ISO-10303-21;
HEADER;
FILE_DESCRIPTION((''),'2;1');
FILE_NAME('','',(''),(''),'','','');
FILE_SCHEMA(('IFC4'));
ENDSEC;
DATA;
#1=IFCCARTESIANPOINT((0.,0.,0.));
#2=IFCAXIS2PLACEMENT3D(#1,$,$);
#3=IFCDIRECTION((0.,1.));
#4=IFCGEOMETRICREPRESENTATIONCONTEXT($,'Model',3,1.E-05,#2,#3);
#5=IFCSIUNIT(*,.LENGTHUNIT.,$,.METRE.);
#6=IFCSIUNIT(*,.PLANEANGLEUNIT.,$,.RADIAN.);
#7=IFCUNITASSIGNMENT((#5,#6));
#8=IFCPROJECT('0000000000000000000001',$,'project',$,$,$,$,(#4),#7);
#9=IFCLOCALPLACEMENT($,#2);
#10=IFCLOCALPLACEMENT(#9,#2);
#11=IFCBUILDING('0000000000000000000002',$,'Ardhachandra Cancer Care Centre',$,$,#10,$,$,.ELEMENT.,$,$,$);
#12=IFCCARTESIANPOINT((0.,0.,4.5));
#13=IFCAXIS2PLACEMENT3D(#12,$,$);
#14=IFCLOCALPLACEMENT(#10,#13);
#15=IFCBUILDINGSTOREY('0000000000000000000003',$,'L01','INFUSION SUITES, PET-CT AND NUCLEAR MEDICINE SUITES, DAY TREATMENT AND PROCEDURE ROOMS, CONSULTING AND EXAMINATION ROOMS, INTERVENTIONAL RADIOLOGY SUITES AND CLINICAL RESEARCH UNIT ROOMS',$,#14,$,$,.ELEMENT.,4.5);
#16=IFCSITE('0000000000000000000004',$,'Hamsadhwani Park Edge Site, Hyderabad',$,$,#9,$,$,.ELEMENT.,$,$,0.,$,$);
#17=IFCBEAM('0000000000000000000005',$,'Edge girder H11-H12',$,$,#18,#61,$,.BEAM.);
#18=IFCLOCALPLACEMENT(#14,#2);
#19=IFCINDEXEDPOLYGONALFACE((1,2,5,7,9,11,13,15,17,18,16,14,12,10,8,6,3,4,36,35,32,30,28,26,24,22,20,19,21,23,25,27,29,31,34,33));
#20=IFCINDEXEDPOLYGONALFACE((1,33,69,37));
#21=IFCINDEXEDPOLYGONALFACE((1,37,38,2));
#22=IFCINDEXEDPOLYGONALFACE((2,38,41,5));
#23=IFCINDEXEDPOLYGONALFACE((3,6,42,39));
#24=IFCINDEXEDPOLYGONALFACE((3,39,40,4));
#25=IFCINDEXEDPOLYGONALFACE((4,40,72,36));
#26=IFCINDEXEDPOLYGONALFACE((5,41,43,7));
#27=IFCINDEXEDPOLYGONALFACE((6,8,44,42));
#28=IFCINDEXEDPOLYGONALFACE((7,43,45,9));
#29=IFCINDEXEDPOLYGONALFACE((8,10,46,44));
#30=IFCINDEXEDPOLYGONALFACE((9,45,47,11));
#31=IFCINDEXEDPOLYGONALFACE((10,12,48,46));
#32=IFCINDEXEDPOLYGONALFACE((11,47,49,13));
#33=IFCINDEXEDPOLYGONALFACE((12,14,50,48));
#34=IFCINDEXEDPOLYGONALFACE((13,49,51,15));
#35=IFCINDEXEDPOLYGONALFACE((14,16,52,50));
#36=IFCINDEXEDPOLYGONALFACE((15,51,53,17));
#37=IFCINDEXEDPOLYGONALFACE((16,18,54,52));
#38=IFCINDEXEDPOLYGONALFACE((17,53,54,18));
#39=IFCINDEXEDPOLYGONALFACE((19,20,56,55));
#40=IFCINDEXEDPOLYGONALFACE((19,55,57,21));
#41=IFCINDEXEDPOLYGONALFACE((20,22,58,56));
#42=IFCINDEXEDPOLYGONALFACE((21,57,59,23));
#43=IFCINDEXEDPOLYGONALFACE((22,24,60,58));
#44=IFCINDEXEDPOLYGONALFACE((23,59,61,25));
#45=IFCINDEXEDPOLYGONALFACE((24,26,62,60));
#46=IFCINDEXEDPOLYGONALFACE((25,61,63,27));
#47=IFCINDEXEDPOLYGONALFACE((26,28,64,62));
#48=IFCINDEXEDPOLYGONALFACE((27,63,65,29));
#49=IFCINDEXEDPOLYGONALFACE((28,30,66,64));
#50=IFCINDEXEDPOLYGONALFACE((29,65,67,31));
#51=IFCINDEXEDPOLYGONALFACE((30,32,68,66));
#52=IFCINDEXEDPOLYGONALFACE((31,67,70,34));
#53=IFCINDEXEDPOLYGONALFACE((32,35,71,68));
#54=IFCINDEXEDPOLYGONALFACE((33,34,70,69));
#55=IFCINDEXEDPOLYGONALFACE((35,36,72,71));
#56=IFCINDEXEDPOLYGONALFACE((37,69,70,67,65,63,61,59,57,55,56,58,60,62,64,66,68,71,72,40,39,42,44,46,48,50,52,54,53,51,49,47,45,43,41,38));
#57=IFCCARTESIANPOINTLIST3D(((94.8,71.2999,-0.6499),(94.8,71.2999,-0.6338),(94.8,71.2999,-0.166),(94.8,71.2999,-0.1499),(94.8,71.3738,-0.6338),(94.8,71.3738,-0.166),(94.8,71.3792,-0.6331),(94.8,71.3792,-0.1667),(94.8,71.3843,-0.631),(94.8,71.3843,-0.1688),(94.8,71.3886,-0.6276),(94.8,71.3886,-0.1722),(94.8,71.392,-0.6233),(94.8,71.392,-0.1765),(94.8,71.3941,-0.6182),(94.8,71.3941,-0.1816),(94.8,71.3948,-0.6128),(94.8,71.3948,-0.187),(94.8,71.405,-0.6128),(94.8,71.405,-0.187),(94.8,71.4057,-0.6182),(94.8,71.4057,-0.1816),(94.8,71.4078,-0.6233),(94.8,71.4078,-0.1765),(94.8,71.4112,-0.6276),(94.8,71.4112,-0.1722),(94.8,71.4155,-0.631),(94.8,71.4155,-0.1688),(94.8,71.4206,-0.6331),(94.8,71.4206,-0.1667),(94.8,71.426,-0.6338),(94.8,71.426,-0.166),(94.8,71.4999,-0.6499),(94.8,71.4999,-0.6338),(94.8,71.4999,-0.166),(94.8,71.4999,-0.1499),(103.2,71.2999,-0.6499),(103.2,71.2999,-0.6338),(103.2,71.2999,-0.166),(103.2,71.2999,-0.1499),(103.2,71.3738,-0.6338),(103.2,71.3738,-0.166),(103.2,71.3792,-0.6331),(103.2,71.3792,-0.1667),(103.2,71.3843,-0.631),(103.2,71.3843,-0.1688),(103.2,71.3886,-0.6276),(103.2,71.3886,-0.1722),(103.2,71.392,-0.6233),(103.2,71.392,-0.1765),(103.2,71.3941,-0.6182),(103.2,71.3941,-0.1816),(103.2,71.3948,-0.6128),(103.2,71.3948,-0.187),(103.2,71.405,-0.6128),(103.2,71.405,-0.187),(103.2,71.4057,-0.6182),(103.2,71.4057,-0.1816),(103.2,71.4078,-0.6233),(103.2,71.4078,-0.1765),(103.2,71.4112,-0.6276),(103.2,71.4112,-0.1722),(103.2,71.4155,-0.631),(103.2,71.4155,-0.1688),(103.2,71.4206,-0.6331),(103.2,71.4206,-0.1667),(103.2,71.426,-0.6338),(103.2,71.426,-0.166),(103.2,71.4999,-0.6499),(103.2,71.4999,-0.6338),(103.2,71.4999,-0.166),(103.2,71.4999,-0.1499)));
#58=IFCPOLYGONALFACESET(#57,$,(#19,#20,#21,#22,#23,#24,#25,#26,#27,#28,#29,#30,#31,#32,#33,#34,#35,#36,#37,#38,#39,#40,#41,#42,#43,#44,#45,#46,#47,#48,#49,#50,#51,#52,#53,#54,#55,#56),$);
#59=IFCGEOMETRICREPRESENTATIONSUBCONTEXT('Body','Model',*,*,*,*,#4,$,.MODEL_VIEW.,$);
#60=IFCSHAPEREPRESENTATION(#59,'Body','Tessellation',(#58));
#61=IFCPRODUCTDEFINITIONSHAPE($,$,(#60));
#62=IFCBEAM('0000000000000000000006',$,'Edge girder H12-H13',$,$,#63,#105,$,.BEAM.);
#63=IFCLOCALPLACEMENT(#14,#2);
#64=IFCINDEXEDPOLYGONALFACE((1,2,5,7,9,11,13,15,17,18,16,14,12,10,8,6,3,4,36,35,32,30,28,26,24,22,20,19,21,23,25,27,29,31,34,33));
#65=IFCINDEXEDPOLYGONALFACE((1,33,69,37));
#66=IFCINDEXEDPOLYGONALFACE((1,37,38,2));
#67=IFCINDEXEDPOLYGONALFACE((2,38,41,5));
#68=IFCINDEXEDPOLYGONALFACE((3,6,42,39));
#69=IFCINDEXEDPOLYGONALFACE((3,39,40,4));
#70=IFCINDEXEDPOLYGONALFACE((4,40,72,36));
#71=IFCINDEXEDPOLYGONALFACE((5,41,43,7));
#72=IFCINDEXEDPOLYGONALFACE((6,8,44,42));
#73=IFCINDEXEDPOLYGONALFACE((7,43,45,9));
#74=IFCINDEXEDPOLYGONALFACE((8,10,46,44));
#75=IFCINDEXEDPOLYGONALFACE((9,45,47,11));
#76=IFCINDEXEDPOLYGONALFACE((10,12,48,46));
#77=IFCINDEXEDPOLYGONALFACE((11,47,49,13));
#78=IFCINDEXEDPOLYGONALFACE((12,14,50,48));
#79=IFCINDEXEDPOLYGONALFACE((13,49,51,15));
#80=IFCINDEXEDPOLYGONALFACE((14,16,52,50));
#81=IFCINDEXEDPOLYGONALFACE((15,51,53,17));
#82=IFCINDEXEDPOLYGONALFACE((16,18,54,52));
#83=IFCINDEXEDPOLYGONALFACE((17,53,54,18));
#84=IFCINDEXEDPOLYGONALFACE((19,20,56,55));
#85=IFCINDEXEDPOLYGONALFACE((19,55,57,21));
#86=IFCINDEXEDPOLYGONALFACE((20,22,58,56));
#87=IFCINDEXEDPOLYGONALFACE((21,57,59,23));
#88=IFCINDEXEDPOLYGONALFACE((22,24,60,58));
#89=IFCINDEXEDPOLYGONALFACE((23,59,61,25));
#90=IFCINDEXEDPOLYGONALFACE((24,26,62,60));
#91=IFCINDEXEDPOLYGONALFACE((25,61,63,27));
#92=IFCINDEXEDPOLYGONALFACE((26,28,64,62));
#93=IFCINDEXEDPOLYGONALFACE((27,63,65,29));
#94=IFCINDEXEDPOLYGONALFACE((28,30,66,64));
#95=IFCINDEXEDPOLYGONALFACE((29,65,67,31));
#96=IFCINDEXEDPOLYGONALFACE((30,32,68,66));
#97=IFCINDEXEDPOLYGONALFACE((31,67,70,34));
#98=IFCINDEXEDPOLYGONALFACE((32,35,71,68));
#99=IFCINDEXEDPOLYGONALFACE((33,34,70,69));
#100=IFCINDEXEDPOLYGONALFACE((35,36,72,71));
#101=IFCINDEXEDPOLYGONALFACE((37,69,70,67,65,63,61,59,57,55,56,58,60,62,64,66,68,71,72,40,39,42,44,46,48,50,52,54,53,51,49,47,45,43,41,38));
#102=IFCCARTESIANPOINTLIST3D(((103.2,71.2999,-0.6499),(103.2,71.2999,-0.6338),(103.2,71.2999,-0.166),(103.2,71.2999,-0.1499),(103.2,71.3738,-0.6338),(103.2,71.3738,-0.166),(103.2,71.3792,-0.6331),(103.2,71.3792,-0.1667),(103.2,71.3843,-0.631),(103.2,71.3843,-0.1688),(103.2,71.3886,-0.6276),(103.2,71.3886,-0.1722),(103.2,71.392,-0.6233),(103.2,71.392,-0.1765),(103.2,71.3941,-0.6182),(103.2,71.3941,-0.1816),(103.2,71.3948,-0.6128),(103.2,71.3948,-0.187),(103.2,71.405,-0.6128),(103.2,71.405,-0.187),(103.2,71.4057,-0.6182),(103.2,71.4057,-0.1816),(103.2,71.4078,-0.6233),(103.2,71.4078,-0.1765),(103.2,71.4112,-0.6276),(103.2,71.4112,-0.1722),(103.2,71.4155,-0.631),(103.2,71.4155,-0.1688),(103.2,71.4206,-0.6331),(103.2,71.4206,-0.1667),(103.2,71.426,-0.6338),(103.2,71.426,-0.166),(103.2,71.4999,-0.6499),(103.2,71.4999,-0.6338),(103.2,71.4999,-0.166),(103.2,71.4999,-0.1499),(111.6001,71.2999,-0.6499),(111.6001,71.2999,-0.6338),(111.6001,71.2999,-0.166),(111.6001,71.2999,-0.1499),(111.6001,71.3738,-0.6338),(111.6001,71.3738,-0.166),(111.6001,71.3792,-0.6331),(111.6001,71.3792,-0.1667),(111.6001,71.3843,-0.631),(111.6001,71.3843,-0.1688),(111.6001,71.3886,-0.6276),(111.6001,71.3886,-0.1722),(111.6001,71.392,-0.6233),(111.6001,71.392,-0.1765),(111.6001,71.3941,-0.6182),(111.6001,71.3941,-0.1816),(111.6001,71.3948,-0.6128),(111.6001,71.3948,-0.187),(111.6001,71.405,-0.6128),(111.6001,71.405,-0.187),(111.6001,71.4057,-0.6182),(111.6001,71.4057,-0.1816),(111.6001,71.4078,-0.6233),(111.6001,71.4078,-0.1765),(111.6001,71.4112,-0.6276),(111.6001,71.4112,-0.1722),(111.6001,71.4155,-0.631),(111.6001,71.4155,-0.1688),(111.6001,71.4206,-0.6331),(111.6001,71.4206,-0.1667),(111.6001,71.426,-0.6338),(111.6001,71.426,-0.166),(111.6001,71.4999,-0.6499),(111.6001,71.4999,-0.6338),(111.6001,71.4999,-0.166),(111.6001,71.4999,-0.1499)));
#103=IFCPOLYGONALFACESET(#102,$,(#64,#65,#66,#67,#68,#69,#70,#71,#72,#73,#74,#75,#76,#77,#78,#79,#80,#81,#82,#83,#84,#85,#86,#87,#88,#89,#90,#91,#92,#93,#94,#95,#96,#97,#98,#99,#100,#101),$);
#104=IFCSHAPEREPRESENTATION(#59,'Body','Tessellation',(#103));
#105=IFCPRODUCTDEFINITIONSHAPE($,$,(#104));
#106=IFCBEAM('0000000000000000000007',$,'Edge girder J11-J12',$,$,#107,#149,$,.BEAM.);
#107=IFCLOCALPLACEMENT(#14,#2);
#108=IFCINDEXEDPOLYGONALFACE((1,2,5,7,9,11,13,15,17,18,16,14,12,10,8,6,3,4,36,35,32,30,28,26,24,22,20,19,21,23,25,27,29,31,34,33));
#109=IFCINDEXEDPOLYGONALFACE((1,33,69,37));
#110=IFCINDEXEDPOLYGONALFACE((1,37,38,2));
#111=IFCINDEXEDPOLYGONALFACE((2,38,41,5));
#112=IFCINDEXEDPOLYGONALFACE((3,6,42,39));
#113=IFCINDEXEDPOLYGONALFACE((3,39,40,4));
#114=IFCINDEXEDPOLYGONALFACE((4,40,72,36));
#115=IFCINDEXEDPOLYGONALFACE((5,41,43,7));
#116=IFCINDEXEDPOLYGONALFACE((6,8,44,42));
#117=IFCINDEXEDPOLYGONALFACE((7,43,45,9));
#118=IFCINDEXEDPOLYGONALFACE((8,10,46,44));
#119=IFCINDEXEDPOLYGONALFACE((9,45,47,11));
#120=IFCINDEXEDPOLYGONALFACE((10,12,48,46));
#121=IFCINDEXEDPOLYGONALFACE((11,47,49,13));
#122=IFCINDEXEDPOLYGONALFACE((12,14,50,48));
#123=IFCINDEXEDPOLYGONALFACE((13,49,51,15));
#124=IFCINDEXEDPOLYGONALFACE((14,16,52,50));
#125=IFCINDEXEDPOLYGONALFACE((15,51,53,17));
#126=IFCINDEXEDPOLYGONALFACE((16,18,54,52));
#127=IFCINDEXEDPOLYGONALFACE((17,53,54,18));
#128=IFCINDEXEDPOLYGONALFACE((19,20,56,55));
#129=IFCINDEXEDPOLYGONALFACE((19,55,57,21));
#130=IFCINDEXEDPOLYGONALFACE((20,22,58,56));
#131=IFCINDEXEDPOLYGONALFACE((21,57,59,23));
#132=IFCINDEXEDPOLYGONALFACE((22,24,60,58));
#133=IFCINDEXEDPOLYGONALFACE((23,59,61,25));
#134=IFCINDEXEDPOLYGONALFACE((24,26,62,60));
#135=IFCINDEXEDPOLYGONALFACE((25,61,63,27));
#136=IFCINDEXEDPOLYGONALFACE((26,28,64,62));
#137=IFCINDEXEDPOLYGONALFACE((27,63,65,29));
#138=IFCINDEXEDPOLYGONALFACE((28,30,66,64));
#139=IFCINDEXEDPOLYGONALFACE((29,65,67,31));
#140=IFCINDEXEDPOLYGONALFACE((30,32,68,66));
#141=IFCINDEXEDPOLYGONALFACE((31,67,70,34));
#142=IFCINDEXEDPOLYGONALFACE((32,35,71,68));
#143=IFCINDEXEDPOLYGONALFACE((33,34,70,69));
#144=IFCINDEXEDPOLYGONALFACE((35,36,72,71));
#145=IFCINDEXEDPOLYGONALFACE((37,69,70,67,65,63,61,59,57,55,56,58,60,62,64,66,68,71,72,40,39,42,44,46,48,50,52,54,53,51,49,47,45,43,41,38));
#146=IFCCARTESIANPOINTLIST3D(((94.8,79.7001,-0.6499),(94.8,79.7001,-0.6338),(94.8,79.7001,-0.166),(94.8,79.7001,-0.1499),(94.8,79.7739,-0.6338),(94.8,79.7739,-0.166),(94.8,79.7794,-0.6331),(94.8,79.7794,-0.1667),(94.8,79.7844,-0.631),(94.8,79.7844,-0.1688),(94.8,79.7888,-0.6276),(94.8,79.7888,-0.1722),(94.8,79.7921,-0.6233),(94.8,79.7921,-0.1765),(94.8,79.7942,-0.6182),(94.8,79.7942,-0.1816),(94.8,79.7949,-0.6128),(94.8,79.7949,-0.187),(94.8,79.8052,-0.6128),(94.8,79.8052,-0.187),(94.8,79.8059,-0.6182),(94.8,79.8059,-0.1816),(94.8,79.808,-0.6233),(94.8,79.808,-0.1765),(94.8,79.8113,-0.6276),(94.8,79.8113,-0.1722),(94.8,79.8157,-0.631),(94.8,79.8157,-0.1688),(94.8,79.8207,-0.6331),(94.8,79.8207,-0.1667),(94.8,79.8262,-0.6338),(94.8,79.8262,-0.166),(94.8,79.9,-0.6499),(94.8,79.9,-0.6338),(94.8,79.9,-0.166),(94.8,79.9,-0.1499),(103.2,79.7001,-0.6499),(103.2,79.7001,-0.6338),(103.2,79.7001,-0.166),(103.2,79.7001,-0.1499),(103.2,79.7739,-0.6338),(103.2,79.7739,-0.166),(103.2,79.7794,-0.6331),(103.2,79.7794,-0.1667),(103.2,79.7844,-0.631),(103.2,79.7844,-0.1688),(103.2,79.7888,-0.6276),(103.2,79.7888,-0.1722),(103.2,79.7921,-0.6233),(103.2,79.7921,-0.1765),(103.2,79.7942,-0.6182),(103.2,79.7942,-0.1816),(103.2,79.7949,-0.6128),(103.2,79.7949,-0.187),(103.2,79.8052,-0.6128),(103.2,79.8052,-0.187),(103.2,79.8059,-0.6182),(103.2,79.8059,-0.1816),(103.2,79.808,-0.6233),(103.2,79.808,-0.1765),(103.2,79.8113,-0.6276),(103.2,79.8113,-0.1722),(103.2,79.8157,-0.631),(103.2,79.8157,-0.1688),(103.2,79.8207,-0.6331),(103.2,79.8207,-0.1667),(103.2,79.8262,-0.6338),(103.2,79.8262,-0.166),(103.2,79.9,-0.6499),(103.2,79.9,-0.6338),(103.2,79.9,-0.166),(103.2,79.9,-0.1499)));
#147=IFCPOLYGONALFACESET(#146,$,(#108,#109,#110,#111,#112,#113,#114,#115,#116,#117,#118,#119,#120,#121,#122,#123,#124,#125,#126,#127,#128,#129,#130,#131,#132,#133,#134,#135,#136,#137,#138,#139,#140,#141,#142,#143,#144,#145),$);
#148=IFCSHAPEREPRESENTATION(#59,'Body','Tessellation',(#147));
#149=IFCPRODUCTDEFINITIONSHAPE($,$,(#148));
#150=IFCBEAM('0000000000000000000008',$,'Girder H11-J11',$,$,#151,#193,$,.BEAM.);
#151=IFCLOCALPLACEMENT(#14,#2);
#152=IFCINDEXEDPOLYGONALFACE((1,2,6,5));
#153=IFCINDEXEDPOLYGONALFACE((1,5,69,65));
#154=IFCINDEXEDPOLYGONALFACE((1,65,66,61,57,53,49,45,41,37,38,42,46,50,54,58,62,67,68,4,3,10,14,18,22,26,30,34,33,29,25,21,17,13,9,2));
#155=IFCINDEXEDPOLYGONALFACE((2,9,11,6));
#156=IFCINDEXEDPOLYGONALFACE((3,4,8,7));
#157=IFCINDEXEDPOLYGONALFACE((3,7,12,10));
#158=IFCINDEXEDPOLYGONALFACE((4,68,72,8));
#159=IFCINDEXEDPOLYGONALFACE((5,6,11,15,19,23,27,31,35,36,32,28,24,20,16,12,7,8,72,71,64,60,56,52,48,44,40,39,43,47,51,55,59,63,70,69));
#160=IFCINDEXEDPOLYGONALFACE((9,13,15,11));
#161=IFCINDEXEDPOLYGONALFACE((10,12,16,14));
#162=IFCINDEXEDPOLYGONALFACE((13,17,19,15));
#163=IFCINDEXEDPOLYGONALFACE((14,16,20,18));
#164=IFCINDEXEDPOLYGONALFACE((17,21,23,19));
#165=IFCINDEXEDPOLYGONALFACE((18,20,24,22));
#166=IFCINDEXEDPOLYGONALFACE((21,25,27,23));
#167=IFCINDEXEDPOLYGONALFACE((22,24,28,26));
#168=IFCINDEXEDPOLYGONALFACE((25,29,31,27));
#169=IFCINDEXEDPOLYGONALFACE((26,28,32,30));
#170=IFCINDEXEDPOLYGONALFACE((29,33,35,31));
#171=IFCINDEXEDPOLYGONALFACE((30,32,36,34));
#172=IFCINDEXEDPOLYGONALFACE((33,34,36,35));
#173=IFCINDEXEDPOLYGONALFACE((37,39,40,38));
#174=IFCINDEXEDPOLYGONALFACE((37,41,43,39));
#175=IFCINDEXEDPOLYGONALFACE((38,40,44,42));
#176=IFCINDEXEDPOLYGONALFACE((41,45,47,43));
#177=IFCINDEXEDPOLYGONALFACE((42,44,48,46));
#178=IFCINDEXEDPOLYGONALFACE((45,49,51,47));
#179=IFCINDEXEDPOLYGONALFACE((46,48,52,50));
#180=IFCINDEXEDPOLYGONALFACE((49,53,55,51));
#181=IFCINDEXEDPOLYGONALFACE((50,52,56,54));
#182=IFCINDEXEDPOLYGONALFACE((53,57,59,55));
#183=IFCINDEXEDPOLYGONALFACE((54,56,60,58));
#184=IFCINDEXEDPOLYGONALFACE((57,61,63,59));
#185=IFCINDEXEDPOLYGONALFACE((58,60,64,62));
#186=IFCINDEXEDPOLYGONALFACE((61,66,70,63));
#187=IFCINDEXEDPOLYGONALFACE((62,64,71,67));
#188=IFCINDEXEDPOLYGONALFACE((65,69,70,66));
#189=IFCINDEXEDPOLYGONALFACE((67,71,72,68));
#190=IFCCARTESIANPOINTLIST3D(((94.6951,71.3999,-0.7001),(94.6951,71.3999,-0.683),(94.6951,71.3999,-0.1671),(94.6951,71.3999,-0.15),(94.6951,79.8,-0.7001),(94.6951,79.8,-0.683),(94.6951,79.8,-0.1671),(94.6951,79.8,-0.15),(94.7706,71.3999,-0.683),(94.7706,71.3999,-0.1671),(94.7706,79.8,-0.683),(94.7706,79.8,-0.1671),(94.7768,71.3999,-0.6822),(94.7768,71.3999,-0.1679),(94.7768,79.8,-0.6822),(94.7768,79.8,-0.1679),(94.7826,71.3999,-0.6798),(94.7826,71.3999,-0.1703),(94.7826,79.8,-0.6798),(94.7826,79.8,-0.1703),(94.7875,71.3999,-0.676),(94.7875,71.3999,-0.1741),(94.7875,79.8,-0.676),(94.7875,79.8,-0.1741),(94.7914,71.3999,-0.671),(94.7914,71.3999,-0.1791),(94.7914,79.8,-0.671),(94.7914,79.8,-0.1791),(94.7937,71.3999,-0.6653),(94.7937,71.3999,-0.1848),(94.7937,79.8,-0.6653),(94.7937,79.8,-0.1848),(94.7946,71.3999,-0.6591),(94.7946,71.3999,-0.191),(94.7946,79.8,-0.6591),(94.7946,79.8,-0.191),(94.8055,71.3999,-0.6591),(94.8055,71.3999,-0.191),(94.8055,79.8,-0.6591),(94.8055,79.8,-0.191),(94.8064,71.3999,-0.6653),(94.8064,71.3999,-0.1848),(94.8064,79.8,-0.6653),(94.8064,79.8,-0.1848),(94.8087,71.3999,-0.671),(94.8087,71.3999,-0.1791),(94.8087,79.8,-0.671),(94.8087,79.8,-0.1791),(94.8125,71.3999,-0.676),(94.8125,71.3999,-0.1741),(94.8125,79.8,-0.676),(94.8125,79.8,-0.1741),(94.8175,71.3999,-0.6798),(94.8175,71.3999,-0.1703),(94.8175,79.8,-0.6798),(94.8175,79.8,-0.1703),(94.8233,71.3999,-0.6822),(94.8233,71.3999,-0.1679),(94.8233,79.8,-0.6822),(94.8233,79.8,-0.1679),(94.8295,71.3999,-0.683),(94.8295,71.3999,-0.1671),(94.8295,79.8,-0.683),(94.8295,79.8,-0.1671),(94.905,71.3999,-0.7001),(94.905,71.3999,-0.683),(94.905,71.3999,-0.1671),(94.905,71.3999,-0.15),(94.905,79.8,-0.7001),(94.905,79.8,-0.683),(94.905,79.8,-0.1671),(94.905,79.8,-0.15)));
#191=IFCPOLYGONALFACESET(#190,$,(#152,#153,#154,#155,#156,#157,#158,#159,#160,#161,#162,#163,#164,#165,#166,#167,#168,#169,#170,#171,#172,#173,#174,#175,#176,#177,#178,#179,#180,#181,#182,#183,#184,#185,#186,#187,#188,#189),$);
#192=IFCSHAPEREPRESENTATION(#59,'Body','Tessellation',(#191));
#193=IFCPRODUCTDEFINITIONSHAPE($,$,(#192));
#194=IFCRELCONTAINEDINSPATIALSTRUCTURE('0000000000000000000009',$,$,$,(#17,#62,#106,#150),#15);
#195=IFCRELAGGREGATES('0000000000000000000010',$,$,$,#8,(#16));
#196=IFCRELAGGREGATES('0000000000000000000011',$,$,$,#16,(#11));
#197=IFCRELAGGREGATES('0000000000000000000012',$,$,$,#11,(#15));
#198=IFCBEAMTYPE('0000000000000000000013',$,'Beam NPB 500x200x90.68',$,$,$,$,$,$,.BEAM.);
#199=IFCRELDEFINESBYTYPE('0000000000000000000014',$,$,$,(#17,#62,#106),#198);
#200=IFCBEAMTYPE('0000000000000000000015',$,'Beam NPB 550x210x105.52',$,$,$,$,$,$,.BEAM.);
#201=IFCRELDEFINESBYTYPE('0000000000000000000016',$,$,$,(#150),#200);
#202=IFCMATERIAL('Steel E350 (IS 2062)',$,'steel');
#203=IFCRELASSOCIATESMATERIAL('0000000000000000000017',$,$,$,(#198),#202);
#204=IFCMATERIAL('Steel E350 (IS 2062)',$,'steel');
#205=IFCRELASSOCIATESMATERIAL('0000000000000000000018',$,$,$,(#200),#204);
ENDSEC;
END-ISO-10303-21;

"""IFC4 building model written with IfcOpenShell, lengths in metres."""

from ifc_helpers import new_model, si_unit, direction, frame, origin, origin_2d, place, context, subcontext, project, spatial, i_section, extrude, material, material_profile, profile_set, type_object, element, save


model = new_model("IFC4")

# Units and contexts
model_context = context("Model", 3, precision=1e-05, world=origin(), true_north=direction((0.0, 1.0)))
body_context = subcontext(model_context, "Body", "Model", "MODEL_VIEW")
ifc_project = project(units=[si_unit("LENGTHUNIT", "METRE"), si_unit("PLANEANGLEUNIT", "RADIAN")], contexts=[model_context])

# Site, building, storey
site_placement = place(None, origin())
site = spatial("IfcSite", under=ifc_project, at=site_placement, Name="Hamsadhwani Park Edge Site, Hyderabad", CompositionType="ELEMENT", RefElevation=0.0)
building_placement = place(site_placement, origin())
building = spatial("IfcBuilding", under=site, at=building_placement, Name="Ardhachandra Cancer Care Centre", CompositionType="ELEMENT")
storey_placement = place(building_placement, frame((0.0, 0.0, 4.5)))
storey = spatial("IfcBuildingStorey", under=building, at=storey_placement, Name="L01", Description="INFUSION SUITES, PET-CT AND NUCLEAR MEDICINE SUITES, DAY TREATMENT AND PROCEDURE ROOMS, CONSULTING AND EXAMINATION ROOMS, INTERVENTIONAL RADIOLOGY SUITES AND CLINICAL RESEARCH UNIT ROOMS", CompositionType="ELEMENT", Elevation=4.5)

# Beams
ifc_material_1 = material(Name="Steel E350 (IS 2062)", Category="steel")
ifc_material_profile_1 = material_profile(ifc_material_1, i_section(OverallWidth=0.2, OverallDepth=0.5, WebThickness=0.0103, FlangeThickness=0.0161, FilletRadius=0.021, at=origin_2d()), Name="NPB 500x200x90.68")
ifc_profile_set_1 = profile_set([ifc_material_profile_1], Name="Steel E350 (IS 2062)")
beam_type_1 = type_object("IfcBeamType", Name="Beam NPB 500x200x90.68", PredefinedType="BEAM", material=ifc_profile_set_1)
beam_1_placement = place(storey_placement, frame((94.8, 71.3999, -0.3999), z_axis=(1.0, 0.0, 0.0), x_axis=(0.0, 1.0, 0.0)))
element("IfcBeam", 1, at=beam_1_placement, inside=storey, type_object=beam_type_1, Name="Edge girder H11-H12", PredefinedType="BEAM", context=body_context, shape_type="SweptSolid", body=[
    extrude(i_section(OverallWidth=0.2, OverallDepth=0.5, WebThickness=0.0103, FlangeThickness=0.0161, FilletRadius=0.021, at=origin_2d()), origin(), (0.0, 0.0, 1.0), 8.3999),
])
beam_2_placement = place(storey_placement, frame((103.2, 71.3999, -0.3999), z_axis=(1.0, 0.0, 0.0), x_axis=(0.0, 1.0, 0.0)))
element("IfcBeam", 2, at=beam_2_placement, inside=storey, type_object=beam_type_1, Name="Edge girder H12-H13", PredefinedType="BEAM", context=body_context, shape_type="SweptSolid", body=[
    extrude(i_section(OverallWidth=0.2, OverallDepth=0.5, WebThickness=0.0103, FlangeThickness=0.0161, FilletRadius=0.021, at=origin_2d()), origin(), (0.0, 0.0, 1.0), 8.4001),
])
beam_3_placement = place(storey_placement, frame((94.8, 79.8, -0.3999), z_axis=(1.0, 0.0, 0.0), x_axis=(0.0, 1.0, 0.0)))
element("IfcBeam", 3, at=beam_3_placement, inside=storey, type_object=beam_type_1, Name="Edge girder J11-J12", PredefinedType="BEAM", context=body_context, shape_type="SweptSolid", body=[
    extrude(i_section(OverallWidth=0.2, OverallDepth=0.5, WebThickness=0.0103, FlangeThickness=0.0161, FilletRadius=0.021, at=origin_2d()), origin(), (0.0, 0.0, 1.0), 8.3999),
])
ifc_material_2 = material(Name="Steel E350 (IS 2062)", Category="steel")
ifc_material_profile_2 = material_profile(ifc_material_2, i_section(OverallWidth=0.21, OverallDepth=0.55, WebThickness=0.011, FlangeThickness=0.0171, FilletRadius=0.0239, at=origin_2d()), Name="NPB 550x210x105.52")
ifc_profile_set_2 = profile_set([ifc_material_profile_2], Name="Steel E350 (IS 2062)")
beam_type_2 = type_object("IfcBeamType", Name="Beam NPB 550x210x105.52", PredefinedType="BEAM", material=ifc_profile_set_2)
beam_4_placement = place(storey_placement, frame((94.8, 71.3999, -0.425), z_axis=(0.0, 1.0, 0.0), x_axis=(-1.0, 0.0, 0.0)))
element("IfcBeam", 4, at=beam_4_placement, inside=storey, type_object=beam_type_2, Name="Girder H11-J11", PredefinedType="BEAM", context=body_context, shape_type="SweptSolid", body=[
    extrude(i_section(OverallWidth=0.21, OverallDepth=0.55, WebThickness=0.011, FlangeThickness=0.0171, FilletRadius=0.0239, at=origin_2d()), origin(), (0.0, 0.0, 1.0), 8.4001),
])

save(model, "model.ifc")
